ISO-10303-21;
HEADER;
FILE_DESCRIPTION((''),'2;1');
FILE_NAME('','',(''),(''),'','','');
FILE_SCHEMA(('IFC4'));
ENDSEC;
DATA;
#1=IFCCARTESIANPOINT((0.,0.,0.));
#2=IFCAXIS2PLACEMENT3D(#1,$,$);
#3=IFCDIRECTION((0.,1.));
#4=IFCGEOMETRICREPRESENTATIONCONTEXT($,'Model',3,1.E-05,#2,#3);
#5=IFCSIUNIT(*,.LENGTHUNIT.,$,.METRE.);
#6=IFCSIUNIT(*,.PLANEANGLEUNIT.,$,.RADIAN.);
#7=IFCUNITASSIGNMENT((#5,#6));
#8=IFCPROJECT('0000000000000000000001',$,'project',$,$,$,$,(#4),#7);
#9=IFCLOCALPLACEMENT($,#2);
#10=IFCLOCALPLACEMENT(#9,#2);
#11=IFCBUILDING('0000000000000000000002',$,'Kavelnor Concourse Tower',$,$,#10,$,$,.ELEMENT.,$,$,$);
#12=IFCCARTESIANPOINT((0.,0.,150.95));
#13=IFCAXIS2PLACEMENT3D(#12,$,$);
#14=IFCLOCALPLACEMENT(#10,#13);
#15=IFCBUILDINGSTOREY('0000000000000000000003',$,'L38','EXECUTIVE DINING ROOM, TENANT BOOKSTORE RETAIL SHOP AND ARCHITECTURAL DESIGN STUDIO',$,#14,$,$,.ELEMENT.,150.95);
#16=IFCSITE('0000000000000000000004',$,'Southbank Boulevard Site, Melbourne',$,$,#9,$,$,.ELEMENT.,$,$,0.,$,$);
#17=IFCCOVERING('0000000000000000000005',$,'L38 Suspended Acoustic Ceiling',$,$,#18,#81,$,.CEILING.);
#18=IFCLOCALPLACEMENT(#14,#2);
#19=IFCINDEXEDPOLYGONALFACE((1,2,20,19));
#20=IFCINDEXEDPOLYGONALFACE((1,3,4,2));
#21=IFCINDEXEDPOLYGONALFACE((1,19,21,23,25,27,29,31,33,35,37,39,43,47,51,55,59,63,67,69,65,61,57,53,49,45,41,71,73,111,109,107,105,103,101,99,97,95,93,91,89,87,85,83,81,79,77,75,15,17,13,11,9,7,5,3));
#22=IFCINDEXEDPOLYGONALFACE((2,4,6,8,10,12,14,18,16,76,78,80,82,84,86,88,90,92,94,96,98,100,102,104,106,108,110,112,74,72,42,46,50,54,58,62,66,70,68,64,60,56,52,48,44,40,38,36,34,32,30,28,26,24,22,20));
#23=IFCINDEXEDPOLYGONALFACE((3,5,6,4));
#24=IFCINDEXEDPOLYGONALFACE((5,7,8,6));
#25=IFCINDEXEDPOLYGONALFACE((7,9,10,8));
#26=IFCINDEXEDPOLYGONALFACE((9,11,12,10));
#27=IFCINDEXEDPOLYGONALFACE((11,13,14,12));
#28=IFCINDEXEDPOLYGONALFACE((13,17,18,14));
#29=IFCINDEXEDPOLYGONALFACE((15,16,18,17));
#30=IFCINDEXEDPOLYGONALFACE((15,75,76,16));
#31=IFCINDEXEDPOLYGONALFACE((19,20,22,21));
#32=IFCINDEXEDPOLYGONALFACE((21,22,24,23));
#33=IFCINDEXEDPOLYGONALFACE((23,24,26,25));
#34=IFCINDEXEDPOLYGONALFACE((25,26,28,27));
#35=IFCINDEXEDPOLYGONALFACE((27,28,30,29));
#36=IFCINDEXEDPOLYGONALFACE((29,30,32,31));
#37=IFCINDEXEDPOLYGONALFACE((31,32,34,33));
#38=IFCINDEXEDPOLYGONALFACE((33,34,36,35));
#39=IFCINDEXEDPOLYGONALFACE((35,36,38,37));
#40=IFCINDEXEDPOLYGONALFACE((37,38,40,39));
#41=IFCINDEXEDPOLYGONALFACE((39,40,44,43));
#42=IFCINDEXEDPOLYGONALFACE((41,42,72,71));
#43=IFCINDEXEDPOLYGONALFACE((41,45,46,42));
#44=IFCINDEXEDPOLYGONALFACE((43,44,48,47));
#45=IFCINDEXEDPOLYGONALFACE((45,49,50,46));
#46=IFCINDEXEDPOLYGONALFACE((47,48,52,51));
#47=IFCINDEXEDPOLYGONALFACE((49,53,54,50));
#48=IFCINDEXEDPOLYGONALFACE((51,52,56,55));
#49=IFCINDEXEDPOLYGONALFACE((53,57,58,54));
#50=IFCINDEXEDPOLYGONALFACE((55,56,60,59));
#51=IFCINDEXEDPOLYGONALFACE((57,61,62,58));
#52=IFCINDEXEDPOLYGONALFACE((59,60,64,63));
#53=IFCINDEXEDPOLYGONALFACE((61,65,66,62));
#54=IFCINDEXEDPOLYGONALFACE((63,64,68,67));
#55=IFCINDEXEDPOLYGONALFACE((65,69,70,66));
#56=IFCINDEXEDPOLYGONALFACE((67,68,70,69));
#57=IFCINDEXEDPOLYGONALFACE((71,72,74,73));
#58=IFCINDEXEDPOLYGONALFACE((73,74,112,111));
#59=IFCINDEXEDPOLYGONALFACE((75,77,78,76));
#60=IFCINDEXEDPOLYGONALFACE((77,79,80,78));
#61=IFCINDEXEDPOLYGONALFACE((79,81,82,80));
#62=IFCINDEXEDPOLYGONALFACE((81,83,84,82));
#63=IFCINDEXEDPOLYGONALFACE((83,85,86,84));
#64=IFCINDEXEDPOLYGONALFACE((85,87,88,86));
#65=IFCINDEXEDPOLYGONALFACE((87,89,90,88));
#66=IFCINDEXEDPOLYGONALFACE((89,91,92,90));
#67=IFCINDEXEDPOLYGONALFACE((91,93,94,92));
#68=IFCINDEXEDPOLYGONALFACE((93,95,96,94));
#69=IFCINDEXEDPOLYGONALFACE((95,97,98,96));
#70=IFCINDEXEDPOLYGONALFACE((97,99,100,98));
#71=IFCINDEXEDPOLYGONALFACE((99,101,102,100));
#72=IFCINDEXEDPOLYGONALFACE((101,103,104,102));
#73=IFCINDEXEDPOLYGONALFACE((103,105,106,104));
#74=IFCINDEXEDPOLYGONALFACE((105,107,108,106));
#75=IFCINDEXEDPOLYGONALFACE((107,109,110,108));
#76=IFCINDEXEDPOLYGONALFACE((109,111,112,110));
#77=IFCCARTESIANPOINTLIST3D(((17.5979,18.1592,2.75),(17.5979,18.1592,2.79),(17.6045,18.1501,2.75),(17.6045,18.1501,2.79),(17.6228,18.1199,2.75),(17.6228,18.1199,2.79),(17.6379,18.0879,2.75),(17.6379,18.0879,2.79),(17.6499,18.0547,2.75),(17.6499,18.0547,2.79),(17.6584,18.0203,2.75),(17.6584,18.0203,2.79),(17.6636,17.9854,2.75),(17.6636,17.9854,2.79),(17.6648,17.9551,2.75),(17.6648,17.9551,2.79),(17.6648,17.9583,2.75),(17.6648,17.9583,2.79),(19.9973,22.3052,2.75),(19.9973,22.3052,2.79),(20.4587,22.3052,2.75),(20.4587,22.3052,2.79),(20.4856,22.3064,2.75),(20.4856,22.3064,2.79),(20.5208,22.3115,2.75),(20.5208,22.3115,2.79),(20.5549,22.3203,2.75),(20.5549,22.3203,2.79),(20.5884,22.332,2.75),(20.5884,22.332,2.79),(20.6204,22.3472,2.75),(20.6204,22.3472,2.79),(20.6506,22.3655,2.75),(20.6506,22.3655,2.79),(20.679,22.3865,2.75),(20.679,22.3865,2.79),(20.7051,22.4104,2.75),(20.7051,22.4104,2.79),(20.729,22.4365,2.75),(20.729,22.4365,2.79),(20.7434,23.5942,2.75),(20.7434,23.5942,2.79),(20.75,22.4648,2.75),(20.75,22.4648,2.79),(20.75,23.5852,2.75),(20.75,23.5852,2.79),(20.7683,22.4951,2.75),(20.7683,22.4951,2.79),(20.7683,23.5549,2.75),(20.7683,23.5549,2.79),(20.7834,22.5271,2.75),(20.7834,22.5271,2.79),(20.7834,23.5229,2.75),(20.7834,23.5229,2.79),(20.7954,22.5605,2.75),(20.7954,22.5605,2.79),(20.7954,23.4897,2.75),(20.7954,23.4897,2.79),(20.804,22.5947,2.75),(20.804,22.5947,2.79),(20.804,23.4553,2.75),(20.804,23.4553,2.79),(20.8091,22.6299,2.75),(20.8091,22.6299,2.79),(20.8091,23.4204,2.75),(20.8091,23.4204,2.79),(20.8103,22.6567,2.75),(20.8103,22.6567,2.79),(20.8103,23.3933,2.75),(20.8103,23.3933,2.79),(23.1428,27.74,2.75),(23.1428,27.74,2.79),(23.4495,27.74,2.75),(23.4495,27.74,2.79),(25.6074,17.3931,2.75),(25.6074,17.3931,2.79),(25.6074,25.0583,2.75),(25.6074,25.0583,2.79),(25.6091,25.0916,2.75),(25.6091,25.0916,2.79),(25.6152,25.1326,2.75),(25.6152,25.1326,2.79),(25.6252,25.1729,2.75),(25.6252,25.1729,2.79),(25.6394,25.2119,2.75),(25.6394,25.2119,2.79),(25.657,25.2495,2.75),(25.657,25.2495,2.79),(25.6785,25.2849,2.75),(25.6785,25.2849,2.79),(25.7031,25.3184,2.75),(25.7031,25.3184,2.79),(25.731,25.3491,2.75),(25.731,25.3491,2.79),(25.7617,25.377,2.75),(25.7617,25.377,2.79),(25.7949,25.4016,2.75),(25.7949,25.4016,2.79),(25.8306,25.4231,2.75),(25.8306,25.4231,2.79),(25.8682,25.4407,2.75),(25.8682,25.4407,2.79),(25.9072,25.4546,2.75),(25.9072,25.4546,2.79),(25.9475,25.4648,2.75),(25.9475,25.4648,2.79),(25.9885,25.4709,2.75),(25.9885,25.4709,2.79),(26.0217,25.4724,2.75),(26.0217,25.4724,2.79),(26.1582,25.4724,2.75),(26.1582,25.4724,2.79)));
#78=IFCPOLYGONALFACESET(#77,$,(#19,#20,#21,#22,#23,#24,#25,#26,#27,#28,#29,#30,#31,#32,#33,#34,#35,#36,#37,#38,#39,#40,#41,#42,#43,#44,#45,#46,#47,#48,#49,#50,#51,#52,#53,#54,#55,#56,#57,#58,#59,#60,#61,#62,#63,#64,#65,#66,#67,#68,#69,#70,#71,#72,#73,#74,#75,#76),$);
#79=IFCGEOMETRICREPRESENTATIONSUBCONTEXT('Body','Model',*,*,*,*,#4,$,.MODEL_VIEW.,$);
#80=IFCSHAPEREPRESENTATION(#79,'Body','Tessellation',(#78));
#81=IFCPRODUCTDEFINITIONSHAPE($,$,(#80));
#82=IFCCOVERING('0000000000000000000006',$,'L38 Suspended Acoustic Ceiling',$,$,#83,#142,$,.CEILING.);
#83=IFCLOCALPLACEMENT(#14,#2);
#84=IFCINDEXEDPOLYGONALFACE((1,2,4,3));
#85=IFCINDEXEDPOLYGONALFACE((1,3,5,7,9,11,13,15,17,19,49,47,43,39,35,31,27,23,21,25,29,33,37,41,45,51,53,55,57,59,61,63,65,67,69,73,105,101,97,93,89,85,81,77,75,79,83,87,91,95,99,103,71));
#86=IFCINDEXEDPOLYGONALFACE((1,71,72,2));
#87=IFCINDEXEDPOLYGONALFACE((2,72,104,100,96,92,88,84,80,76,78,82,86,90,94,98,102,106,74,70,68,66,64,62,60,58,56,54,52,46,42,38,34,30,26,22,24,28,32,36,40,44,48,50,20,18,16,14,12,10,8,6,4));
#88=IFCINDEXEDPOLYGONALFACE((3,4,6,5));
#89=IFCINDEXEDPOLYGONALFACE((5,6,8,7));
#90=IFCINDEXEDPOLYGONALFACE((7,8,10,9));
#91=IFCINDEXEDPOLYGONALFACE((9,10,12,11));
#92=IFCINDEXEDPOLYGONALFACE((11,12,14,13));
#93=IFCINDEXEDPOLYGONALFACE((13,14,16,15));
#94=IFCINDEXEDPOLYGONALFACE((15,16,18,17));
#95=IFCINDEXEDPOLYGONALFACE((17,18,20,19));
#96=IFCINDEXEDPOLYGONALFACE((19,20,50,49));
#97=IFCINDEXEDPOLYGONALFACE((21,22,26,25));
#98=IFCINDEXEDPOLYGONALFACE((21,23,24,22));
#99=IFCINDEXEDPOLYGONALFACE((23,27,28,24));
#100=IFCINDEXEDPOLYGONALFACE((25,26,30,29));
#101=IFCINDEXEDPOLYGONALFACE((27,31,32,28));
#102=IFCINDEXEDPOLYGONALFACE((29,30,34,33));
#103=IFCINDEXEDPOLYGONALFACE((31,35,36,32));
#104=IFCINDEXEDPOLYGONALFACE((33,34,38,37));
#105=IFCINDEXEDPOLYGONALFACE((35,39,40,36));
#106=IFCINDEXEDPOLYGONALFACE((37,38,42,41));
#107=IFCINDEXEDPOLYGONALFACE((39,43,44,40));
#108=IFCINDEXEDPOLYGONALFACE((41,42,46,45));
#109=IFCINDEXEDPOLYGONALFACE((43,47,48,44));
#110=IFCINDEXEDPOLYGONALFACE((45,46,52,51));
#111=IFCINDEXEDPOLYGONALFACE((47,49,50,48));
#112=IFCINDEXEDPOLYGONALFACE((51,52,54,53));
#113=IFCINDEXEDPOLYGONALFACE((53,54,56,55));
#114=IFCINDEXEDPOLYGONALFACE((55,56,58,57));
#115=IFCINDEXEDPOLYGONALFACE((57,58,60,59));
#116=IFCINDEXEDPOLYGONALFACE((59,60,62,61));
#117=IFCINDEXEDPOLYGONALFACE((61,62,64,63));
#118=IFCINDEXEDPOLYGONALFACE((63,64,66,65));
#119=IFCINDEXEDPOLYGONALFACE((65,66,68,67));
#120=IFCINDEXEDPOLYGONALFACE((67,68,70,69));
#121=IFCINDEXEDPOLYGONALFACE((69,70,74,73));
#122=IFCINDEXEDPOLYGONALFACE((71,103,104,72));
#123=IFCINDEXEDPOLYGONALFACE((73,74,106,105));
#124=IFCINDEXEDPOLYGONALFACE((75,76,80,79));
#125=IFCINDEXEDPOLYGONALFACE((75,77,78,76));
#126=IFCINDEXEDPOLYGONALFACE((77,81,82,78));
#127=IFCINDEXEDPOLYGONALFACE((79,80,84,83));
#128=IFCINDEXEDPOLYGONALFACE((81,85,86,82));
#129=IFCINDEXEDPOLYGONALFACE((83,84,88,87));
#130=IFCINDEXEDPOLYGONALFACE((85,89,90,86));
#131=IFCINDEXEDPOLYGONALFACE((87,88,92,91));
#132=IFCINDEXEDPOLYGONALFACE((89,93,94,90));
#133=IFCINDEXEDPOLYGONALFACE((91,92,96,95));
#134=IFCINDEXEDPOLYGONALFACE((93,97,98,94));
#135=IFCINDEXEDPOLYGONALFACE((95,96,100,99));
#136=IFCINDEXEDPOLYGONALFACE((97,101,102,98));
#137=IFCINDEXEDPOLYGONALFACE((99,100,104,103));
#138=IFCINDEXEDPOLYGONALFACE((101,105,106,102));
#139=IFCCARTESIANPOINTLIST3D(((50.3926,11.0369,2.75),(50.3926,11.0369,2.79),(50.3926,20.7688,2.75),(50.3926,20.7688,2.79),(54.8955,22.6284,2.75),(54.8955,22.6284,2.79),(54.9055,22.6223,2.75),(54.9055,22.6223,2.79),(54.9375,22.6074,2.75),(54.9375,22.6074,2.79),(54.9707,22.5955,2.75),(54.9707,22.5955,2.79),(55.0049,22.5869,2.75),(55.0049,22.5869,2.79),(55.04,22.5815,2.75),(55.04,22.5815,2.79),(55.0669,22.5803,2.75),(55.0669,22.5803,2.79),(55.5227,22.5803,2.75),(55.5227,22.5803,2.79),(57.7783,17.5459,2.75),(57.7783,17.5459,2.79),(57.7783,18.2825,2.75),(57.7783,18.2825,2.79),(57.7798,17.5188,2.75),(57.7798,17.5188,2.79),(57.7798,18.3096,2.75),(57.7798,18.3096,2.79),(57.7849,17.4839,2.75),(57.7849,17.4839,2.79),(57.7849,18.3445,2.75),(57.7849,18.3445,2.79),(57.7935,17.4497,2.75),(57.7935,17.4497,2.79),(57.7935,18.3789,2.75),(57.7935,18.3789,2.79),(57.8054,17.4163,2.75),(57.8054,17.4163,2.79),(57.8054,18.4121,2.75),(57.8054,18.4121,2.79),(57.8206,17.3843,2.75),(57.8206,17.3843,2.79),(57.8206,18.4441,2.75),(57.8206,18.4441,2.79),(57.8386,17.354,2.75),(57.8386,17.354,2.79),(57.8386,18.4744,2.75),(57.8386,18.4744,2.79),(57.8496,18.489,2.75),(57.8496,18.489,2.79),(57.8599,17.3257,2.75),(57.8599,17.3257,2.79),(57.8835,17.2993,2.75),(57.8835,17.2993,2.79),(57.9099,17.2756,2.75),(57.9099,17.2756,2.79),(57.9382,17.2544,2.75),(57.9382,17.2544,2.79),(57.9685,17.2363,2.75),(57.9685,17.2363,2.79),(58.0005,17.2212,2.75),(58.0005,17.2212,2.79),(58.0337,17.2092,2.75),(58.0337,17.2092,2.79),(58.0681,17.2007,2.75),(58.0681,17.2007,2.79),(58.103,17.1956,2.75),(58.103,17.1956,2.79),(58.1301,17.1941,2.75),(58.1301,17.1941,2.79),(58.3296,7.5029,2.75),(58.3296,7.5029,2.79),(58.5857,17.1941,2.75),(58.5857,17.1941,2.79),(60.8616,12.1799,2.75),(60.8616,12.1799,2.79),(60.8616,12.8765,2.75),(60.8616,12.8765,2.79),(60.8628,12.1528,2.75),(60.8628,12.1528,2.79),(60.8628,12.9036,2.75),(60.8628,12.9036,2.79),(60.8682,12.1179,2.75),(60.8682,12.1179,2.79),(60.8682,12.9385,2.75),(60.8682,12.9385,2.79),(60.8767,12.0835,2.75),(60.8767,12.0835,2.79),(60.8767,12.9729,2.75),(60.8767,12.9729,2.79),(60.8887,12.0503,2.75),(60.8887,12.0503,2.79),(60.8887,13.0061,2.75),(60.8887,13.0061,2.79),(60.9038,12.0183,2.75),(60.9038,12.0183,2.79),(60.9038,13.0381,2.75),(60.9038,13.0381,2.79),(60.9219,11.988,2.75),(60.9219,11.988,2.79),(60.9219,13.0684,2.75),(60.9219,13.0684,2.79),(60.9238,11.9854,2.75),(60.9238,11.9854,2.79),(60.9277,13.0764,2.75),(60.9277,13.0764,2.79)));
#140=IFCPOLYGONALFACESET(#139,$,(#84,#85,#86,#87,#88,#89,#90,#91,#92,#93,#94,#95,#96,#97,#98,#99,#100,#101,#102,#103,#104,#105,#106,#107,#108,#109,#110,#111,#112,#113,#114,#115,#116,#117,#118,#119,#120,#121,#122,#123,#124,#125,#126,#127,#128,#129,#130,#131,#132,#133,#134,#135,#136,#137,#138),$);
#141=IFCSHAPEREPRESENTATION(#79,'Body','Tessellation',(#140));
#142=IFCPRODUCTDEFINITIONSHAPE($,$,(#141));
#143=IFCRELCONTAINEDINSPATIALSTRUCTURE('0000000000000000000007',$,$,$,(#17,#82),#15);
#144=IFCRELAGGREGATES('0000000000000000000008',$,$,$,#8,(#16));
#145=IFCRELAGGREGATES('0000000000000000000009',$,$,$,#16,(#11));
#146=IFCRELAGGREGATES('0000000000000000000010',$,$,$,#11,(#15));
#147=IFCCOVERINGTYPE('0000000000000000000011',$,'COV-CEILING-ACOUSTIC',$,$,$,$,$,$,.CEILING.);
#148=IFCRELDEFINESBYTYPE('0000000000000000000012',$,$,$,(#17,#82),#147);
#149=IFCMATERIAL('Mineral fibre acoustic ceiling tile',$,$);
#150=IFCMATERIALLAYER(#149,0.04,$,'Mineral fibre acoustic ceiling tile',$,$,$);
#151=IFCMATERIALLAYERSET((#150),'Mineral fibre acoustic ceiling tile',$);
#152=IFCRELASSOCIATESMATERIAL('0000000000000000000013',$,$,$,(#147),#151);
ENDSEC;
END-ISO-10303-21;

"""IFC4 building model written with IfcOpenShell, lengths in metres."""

from ifc_helpers import new_model, si_unit, direction, frame, origin, place, context, subcontext, project, spatial, polyline, outline, extrude, material, layer, layer_set, type_object, element, save


model = new_model("IFC4")

# Units and contexts
model_context = context("Model", 3, precision=1e-05, world=origin(), true_north=direction((0.0, 1.0)))
body_context = subcontext(model_context, "Body", "Model", "MODEL_VIEW")
ifc_project = project(units=[si_unit("LENGTHUNIT", "METRE"), si_unit("PLANEANGLEUNIT", "RADIAN")], contexts=[model_context])

# Site, building, storey
site_placement = place(None, origin())
site = spatial("IfcSite", under=ifc_project, at=site_placement, Name="Southbank Boulevard Site, Melbourne", CompositionType="ELEMENT", RefElevation=0.0)
building_placement = place(site_placement, origin())
building = spatial("IfcBuilding", under=site, at=building_placement, Name="Kavelnor Concourse Tower", CompositionType="ELEMENT")
storey_placement = place(building_placement, frame((0.0, 0.0, 150.95)))
storey = spatial("IfcBuildingStorey", under=building, at=storey_placement, Name="L38", Description="EXECUTIVE DINING ROOM, TENANT BOOKSTORE RETAIL SHOP AND ARCHITECTURAL DESIGN STUDIO", CompositionType="ELEMENT", Elevation=150.95)

# Coverings
ifc_material_1 = material(Name="Mineral fibre acoustic ceiling tile")
ifc_layer_1 = layer(ifc_material_1, 0.04, Name="Mineral fibre acoustic ceiling tile")
ifc_layer_set_1 = layer_set([ifc_layer_1], Name="Mineral fibre acoustic ceiling tile")
covering_type_1 = type_object("IfcCoveringType", Name="COV-CEILING-ACOUSTIC", PredefinedType="CEILING", material=ifc_layer_set_1)
covering_1_placement = place(storey_placement, frame((0.0, 0.0, 2.75)))
element("IfcCovering", 1, at=covering_1_placement, inside=storey, type_object=covering_type_1, Name="L38 Suspended Acoustic Ceiling", PredefinedType="CEILING", context=body_context, shape_type="SweptSolid", body=[
    extrude(outline(polyline([(17.6648, 17.9583), (17.6636, 17.9854), (17.6584, 18.0203), (17.6499, 18.0547), (17.6379, 18.0879), (17.6228, 18.1199), (17.6045, 18.1501), (17.5979, 18.1592), (19.9973, 22.3052), (20.4587, 22.3052), (20.4856, 22.3064), (20.5208, 22.3115), (20.5549, 22.3203), (20.5884, 22.332), (20.6204, 22.3472), (20.6506, 22.3655), (20.679, 22.3865), (20.7051, 22.4104), (20.729, 22.4365), (20.75, 22.4648), (20.7683, 22.4951), (20.7834, 22.5271), (20.7954, 22.5605), (20.804, 22.5947), (20.8091, 22.6299), (20.8103, 22.6567), (20.8103, 23.3933), (20.8091, 23.4204), (20.804, 23.4553), (20.7954, 23.4897), (20.7834, 23.5229), (20.7683, 23.5549), (20.75, 23.5852), (20.7434, 23.5942), (23.1428, 27.74), (23.4495, 27.74), (26.1582, 25.4724), (26.0217, 25.4724), (25.9885, 25.4709), (25.9475, 25.4648), (25.9072, 25.4546), (25.8682, 25.4407), (25.8306, 25.4231), (25.7949, 25.4016), (25.7617, 25.377), (25.731, 25.3491), (25.7031, 25.3184), (25.6785, 25.2849), (25.657, 25.2495), (25.6394, 25.2119), (25.6252, 25.1729), (25.6152, 25.1326), (25.6091, 25.0916), (25.6074, 25.0583), (25.6074, 17.3931), (17.6648, 17.9551), (17.6648, 17.9583)])), origin(), (0.0, 0.0, 1.0), 0.04),
])
covering_2_placement = place(storey_placement, frame((0.0, 0.0, 2.75)))
element("IfcCovering", 2, at=covering_2_placement, inside=storey, type_object=covering_type_1, Name="L38 Suspended Acoustic Ceiling", PredefinedType="CEILING", context=body_context, shape_type="SweptSolid", body=[
    extrude(outline(polyline([(50.3926, 20.7688), (54.8955, 22.6284), (54.9055, 22.6223), (54.9375, 22.6074), (54.9707, 22.5955), (55.0049, 22.5869), (55.04, 22.5815), (55.0669, 22.5803), (55.5227, 22.5803), (57.8496, 18.489), (57.8386, 18.4744), (57.8206, 18.4441), (57.8054, 18.4121), (57.7935, 18.3789), (57.7849, 18.3445), (57.7798, 18.3096), (57.7783, 18.2825), (57.7783, 17.5459), (57.7798, 17.5188), (57.7849, 17.4839), (57.7935, 17.4497), (57.8054, 17.4163), (57.8206, 17.3843), (57.8386, 17.354), (57.8599, 17.3257), (57.8835, 17.2993), (57.9099, 17.2756), (57.9382, 17.2544), (57.9685, 17.2363), (58.0005, 17.2212), (58.0337, 17.2092), (58.0681, 17.2007), (58.103, 17.1956), (58.1301, 17.1941), (58.5857, 17.1941), (60.9277, 13.0764), (60.9219, 13.0684), (60.9038, 13.0381), (60.8887, 13.0061), (60.8767, 12.9729), (60.8682, 12.9385), (60.8628, 12.9036), (60.8616, 12.8765), (60.8616, 12.1799), (60.8628, 12.1528), (60.8682, 12.1179), (60.8767, 12.0835), (60.8887, 12.0503), (60.9038, 12.0183), (60.9219, 11.988), (60.9238, 11.9854), (58.3296, 7.5029), (50.3926, 11.0369), (50.3926, 20.7688)])), origin(), (0.0, 0.0, 1.0), 0.04),
])

save(model, "model.ifc")
